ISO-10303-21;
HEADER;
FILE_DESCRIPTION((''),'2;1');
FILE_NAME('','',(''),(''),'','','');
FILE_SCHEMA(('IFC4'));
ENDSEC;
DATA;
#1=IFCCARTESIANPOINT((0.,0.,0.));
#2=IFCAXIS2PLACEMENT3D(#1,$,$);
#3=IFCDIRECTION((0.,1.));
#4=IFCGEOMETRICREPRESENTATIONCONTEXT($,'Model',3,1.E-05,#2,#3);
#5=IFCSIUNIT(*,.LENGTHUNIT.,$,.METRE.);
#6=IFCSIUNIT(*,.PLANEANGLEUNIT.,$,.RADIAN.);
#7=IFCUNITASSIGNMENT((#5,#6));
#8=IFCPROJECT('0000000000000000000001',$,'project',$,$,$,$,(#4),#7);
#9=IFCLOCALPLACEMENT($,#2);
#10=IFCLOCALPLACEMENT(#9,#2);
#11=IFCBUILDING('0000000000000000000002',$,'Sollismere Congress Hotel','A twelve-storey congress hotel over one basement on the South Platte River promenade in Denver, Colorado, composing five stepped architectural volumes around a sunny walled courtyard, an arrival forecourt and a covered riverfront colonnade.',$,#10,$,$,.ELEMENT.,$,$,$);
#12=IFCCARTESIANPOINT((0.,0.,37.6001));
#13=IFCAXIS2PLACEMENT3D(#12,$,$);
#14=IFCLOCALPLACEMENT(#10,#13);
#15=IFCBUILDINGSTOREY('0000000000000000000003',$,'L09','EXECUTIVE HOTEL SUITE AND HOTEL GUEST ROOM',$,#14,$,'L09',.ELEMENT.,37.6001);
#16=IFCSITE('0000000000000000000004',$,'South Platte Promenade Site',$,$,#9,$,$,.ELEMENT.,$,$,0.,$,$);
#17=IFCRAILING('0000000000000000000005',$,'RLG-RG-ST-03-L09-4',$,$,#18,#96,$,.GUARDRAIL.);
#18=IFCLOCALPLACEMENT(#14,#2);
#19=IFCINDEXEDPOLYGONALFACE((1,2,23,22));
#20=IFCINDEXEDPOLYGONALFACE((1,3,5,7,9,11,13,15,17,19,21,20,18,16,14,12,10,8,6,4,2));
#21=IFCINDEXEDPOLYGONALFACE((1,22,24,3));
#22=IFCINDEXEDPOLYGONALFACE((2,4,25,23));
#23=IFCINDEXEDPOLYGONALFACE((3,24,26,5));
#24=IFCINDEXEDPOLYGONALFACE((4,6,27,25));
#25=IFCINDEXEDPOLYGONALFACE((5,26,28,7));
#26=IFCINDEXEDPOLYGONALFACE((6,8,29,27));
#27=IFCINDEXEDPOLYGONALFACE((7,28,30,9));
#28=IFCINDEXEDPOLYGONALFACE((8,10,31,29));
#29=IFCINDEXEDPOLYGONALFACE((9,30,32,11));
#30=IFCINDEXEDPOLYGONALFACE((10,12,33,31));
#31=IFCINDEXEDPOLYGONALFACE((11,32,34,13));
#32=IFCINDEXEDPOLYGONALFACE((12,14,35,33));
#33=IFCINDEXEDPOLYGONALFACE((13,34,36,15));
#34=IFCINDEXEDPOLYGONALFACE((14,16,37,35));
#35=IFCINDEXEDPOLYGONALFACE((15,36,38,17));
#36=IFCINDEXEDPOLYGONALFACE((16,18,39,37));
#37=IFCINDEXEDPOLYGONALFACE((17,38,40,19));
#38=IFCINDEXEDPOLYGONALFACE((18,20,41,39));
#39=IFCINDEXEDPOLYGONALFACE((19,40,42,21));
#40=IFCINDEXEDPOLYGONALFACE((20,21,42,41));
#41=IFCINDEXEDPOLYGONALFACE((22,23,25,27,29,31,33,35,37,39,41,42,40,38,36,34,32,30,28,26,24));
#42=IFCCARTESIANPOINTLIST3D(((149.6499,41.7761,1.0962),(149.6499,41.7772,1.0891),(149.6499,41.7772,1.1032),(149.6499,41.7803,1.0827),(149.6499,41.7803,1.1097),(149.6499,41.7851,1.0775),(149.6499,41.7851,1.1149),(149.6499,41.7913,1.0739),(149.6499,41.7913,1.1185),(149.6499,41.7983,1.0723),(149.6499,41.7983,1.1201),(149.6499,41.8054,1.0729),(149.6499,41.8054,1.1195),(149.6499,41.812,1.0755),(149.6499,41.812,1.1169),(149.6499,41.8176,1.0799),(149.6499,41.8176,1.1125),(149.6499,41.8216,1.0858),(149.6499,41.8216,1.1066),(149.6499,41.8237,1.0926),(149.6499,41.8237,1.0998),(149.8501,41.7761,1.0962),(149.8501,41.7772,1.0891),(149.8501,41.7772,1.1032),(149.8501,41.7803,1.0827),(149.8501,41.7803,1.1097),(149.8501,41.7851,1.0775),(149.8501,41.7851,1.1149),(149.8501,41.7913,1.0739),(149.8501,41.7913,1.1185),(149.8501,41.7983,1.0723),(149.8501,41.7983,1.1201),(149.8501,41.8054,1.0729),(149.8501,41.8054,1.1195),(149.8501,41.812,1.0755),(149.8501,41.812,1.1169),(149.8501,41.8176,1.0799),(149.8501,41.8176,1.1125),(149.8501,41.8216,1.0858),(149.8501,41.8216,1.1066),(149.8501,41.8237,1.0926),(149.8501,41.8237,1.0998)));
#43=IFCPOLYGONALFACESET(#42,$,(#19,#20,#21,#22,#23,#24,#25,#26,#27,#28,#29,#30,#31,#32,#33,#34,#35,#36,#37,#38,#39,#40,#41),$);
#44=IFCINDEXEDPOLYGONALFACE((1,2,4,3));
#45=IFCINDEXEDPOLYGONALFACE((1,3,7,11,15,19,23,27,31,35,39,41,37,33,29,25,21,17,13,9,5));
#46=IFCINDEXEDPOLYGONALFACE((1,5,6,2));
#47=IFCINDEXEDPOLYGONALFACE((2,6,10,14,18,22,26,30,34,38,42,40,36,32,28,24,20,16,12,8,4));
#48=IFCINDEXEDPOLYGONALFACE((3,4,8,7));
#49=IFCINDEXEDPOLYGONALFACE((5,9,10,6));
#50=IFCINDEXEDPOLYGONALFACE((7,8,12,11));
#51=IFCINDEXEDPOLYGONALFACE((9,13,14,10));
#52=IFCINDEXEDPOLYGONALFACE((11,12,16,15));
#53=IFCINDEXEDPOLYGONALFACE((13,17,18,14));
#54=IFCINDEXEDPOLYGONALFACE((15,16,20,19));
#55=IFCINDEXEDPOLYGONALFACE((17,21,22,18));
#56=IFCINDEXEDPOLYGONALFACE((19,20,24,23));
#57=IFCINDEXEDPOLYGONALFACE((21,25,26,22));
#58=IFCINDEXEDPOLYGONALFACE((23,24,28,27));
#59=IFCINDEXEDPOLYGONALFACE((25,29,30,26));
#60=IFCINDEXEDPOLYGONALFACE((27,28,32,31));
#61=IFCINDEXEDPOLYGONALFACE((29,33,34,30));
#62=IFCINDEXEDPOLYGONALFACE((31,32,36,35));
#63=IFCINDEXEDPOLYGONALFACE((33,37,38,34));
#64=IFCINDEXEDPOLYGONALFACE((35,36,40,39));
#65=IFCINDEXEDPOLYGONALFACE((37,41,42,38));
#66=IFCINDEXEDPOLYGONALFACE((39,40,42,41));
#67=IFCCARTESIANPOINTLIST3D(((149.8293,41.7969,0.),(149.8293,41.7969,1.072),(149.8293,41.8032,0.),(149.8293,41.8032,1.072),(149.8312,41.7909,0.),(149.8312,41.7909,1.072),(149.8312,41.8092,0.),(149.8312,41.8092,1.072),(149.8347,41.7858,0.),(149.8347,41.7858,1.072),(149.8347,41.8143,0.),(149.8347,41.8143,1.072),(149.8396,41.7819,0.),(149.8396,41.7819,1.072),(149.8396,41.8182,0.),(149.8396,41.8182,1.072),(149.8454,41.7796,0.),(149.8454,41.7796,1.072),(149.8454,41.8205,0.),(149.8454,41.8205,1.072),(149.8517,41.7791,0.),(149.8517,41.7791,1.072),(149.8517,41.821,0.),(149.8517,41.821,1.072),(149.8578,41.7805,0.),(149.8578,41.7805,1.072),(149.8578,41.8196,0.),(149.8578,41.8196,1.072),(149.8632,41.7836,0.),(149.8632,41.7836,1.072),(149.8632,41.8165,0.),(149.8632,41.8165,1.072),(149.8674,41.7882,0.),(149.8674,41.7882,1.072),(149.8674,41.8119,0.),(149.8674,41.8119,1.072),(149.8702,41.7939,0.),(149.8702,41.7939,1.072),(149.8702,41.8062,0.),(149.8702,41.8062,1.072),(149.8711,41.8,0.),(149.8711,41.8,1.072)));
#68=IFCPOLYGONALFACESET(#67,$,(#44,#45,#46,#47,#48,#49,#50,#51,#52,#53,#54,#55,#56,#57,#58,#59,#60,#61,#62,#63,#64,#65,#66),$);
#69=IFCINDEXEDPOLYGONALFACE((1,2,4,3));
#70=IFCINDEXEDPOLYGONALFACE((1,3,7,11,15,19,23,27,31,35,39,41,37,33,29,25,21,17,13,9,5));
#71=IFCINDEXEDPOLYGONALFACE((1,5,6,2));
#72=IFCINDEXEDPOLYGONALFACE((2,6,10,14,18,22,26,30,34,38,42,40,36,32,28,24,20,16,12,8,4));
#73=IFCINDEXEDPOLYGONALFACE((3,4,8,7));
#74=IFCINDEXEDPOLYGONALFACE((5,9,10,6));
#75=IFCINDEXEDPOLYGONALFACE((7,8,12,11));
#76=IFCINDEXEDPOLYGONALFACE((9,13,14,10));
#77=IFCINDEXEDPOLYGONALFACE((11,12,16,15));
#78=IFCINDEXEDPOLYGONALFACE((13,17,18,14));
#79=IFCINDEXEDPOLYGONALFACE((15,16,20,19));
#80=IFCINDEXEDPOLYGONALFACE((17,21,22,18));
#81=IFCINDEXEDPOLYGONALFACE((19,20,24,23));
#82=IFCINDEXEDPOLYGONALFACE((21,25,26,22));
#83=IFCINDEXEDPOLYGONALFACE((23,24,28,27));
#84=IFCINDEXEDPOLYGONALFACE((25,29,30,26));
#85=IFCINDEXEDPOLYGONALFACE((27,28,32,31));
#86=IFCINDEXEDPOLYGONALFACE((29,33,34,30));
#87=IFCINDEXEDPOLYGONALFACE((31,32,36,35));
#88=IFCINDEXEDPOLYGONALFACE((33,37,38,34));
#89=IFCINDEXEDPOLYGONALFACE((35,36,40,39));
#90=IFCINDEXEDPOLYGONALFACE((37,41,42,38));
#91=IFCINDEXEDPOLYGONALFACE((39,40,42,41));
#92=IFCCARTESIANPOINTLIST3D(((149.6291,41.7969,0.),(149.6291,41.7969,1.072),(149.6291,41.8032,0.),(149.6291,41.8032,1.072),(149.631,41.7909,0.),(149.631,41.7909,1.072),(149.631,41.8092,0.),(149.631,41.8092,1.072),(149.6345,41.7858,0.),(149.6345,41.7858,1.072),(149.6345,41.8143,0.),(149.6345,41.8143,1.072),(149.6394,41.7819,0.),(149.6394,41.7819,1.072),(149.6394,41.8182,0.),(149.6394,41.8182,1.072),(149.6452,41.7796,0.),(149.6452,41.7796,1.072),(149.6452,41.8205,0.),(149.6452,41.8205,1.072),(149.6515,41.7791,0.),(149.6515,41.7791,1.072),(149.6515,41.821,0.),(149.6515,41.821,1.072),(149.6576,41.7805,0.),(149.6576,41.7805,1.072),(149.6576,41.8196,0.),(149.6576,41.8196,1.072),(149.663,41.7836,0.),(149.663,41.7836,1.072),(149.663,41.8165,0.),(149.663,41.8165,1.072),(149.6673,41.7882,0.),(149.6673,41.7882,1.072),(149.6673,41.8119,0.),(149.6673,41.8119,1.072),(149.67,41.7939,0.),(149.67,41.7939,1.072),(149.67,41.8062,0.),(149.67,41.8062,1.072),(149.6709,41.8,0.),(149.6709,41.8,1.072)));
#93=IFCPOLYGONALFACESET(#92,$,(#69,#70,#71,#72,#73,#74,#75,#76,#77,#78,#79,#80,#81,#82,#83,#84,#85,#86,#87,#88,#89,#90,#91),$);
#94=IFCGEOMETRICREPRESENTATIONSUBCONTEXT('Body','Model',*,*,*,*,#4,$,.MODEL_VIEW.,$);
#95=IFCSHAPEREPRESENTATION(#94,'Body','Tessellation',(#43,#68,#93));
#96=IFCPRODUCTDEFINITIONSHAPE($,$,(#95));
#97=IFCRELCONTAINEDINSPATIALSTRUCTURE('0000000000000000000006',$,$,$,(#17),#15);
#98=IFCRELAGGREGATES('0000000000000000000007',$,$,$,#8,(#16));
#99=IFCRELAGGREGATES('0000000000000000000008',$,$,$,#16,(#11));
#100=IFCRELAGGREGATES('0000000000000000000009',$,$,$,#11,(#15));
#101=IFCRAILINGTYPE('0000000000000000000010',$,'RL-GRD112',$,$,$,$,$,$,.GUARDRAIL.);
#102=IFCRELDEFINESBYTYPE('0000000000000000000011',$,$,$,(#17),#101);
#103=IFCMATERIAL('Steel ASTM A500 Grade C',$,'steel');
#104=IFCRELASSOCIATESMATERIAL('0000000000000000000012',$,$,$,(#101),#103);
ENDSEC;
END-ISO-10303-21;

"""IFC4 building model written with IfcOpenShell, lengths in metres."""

from ifc_helpers import new_model, si_unit, direction, frame, origin, origin_2d, place, context, subcontext, project, spatial, circle, extrude, material, type_object, element, save


model = new_model("IFC4")

# Units and contexts
model_context = context("Model", 3, precision=1e-05, world=origin(), true_north=direction((0.0, 1.0)))
body_context = subcontext(model_context, "Body", "Model", "MODEL_VIEW")
ifc_project = project(units=[si_unit("LENGTHUNIT", "METRE"), si_unit("PLANEANGLEUNIT", "RADIAN")], contexts=[model_context])

# Site, building, storey
site_placement = place(None, origin())
site = spatial("IfcSite", under=ifc_project, at=site_placement, Name="South Platte Promenade Site", CompositionType="ELEMENT", RefElevation=0.0)
building_placement = place(site_placement, origin())
building = spatial("IfcBuilding", under=site, at=building_placement, Name="Sollismere Congress Hotel", Description="A twelve-storey congress hotel over one basement on the South Platte River promenade in Denver, Colorado, composing five stepped architectural volumes around a sunny walled courtyard, an arrival forecourt and a covered riverfront colonnade.", CompositionType="ELEMENT")
storey_placement = place(building_placement, frame((0.0, 0.0, 37.6001)))
storey = spatial("IfcBuildingStorey", under=building, at=storey_placement, Name="L09", Description="EXECUTIVE HOTEL SUITE AND HOTEL GUEST ROOM", LongName="L09", CompositionType="ELEMENT", Elevation=37.6001)

# Railing
ifc_material_1 = material(Name="Steel ASTM A500 Grade C", Category="steel")
railing_type_1 = type_object("IfcRailingType", Name="RL-GRD112", PredefinedType="GUARDRAIL", material=ifc_material_1)
railing_1_placement = place(storey_placement, frame((149.8501, 41.8, 0.0)))
element("IfcRailing", 1, at=railing_1_placement, inside=storey, type_object=railing_type_1, Name="RLG-RG-ST-03-L09-4", PredefinedType="GUARDRAIL", context=body_context, shape_type="SweptSolid", body=[
    extrude(circle(Radius=0.0239, at=origin_2d()), frame((0.0, 0.0, 1.0962), z_axis=(-1.0, 0.0, 0.0), x_axis=(0.0, -1.0, 0.0)), (0.0, 0.0, 1.0), 0.2002),
    extrude(circle(Radius=0.021, at=origin_2d()), origin(), (0.0, 0.0, 1.0), 1.072),
    extrude(circle(Radius=0.021, at=origin_2d()), frame((-0.2002, 0.0, 0.0)), (0.0, 0.0, 1.0), 1.072),
])

save(model, "model.ifc")
